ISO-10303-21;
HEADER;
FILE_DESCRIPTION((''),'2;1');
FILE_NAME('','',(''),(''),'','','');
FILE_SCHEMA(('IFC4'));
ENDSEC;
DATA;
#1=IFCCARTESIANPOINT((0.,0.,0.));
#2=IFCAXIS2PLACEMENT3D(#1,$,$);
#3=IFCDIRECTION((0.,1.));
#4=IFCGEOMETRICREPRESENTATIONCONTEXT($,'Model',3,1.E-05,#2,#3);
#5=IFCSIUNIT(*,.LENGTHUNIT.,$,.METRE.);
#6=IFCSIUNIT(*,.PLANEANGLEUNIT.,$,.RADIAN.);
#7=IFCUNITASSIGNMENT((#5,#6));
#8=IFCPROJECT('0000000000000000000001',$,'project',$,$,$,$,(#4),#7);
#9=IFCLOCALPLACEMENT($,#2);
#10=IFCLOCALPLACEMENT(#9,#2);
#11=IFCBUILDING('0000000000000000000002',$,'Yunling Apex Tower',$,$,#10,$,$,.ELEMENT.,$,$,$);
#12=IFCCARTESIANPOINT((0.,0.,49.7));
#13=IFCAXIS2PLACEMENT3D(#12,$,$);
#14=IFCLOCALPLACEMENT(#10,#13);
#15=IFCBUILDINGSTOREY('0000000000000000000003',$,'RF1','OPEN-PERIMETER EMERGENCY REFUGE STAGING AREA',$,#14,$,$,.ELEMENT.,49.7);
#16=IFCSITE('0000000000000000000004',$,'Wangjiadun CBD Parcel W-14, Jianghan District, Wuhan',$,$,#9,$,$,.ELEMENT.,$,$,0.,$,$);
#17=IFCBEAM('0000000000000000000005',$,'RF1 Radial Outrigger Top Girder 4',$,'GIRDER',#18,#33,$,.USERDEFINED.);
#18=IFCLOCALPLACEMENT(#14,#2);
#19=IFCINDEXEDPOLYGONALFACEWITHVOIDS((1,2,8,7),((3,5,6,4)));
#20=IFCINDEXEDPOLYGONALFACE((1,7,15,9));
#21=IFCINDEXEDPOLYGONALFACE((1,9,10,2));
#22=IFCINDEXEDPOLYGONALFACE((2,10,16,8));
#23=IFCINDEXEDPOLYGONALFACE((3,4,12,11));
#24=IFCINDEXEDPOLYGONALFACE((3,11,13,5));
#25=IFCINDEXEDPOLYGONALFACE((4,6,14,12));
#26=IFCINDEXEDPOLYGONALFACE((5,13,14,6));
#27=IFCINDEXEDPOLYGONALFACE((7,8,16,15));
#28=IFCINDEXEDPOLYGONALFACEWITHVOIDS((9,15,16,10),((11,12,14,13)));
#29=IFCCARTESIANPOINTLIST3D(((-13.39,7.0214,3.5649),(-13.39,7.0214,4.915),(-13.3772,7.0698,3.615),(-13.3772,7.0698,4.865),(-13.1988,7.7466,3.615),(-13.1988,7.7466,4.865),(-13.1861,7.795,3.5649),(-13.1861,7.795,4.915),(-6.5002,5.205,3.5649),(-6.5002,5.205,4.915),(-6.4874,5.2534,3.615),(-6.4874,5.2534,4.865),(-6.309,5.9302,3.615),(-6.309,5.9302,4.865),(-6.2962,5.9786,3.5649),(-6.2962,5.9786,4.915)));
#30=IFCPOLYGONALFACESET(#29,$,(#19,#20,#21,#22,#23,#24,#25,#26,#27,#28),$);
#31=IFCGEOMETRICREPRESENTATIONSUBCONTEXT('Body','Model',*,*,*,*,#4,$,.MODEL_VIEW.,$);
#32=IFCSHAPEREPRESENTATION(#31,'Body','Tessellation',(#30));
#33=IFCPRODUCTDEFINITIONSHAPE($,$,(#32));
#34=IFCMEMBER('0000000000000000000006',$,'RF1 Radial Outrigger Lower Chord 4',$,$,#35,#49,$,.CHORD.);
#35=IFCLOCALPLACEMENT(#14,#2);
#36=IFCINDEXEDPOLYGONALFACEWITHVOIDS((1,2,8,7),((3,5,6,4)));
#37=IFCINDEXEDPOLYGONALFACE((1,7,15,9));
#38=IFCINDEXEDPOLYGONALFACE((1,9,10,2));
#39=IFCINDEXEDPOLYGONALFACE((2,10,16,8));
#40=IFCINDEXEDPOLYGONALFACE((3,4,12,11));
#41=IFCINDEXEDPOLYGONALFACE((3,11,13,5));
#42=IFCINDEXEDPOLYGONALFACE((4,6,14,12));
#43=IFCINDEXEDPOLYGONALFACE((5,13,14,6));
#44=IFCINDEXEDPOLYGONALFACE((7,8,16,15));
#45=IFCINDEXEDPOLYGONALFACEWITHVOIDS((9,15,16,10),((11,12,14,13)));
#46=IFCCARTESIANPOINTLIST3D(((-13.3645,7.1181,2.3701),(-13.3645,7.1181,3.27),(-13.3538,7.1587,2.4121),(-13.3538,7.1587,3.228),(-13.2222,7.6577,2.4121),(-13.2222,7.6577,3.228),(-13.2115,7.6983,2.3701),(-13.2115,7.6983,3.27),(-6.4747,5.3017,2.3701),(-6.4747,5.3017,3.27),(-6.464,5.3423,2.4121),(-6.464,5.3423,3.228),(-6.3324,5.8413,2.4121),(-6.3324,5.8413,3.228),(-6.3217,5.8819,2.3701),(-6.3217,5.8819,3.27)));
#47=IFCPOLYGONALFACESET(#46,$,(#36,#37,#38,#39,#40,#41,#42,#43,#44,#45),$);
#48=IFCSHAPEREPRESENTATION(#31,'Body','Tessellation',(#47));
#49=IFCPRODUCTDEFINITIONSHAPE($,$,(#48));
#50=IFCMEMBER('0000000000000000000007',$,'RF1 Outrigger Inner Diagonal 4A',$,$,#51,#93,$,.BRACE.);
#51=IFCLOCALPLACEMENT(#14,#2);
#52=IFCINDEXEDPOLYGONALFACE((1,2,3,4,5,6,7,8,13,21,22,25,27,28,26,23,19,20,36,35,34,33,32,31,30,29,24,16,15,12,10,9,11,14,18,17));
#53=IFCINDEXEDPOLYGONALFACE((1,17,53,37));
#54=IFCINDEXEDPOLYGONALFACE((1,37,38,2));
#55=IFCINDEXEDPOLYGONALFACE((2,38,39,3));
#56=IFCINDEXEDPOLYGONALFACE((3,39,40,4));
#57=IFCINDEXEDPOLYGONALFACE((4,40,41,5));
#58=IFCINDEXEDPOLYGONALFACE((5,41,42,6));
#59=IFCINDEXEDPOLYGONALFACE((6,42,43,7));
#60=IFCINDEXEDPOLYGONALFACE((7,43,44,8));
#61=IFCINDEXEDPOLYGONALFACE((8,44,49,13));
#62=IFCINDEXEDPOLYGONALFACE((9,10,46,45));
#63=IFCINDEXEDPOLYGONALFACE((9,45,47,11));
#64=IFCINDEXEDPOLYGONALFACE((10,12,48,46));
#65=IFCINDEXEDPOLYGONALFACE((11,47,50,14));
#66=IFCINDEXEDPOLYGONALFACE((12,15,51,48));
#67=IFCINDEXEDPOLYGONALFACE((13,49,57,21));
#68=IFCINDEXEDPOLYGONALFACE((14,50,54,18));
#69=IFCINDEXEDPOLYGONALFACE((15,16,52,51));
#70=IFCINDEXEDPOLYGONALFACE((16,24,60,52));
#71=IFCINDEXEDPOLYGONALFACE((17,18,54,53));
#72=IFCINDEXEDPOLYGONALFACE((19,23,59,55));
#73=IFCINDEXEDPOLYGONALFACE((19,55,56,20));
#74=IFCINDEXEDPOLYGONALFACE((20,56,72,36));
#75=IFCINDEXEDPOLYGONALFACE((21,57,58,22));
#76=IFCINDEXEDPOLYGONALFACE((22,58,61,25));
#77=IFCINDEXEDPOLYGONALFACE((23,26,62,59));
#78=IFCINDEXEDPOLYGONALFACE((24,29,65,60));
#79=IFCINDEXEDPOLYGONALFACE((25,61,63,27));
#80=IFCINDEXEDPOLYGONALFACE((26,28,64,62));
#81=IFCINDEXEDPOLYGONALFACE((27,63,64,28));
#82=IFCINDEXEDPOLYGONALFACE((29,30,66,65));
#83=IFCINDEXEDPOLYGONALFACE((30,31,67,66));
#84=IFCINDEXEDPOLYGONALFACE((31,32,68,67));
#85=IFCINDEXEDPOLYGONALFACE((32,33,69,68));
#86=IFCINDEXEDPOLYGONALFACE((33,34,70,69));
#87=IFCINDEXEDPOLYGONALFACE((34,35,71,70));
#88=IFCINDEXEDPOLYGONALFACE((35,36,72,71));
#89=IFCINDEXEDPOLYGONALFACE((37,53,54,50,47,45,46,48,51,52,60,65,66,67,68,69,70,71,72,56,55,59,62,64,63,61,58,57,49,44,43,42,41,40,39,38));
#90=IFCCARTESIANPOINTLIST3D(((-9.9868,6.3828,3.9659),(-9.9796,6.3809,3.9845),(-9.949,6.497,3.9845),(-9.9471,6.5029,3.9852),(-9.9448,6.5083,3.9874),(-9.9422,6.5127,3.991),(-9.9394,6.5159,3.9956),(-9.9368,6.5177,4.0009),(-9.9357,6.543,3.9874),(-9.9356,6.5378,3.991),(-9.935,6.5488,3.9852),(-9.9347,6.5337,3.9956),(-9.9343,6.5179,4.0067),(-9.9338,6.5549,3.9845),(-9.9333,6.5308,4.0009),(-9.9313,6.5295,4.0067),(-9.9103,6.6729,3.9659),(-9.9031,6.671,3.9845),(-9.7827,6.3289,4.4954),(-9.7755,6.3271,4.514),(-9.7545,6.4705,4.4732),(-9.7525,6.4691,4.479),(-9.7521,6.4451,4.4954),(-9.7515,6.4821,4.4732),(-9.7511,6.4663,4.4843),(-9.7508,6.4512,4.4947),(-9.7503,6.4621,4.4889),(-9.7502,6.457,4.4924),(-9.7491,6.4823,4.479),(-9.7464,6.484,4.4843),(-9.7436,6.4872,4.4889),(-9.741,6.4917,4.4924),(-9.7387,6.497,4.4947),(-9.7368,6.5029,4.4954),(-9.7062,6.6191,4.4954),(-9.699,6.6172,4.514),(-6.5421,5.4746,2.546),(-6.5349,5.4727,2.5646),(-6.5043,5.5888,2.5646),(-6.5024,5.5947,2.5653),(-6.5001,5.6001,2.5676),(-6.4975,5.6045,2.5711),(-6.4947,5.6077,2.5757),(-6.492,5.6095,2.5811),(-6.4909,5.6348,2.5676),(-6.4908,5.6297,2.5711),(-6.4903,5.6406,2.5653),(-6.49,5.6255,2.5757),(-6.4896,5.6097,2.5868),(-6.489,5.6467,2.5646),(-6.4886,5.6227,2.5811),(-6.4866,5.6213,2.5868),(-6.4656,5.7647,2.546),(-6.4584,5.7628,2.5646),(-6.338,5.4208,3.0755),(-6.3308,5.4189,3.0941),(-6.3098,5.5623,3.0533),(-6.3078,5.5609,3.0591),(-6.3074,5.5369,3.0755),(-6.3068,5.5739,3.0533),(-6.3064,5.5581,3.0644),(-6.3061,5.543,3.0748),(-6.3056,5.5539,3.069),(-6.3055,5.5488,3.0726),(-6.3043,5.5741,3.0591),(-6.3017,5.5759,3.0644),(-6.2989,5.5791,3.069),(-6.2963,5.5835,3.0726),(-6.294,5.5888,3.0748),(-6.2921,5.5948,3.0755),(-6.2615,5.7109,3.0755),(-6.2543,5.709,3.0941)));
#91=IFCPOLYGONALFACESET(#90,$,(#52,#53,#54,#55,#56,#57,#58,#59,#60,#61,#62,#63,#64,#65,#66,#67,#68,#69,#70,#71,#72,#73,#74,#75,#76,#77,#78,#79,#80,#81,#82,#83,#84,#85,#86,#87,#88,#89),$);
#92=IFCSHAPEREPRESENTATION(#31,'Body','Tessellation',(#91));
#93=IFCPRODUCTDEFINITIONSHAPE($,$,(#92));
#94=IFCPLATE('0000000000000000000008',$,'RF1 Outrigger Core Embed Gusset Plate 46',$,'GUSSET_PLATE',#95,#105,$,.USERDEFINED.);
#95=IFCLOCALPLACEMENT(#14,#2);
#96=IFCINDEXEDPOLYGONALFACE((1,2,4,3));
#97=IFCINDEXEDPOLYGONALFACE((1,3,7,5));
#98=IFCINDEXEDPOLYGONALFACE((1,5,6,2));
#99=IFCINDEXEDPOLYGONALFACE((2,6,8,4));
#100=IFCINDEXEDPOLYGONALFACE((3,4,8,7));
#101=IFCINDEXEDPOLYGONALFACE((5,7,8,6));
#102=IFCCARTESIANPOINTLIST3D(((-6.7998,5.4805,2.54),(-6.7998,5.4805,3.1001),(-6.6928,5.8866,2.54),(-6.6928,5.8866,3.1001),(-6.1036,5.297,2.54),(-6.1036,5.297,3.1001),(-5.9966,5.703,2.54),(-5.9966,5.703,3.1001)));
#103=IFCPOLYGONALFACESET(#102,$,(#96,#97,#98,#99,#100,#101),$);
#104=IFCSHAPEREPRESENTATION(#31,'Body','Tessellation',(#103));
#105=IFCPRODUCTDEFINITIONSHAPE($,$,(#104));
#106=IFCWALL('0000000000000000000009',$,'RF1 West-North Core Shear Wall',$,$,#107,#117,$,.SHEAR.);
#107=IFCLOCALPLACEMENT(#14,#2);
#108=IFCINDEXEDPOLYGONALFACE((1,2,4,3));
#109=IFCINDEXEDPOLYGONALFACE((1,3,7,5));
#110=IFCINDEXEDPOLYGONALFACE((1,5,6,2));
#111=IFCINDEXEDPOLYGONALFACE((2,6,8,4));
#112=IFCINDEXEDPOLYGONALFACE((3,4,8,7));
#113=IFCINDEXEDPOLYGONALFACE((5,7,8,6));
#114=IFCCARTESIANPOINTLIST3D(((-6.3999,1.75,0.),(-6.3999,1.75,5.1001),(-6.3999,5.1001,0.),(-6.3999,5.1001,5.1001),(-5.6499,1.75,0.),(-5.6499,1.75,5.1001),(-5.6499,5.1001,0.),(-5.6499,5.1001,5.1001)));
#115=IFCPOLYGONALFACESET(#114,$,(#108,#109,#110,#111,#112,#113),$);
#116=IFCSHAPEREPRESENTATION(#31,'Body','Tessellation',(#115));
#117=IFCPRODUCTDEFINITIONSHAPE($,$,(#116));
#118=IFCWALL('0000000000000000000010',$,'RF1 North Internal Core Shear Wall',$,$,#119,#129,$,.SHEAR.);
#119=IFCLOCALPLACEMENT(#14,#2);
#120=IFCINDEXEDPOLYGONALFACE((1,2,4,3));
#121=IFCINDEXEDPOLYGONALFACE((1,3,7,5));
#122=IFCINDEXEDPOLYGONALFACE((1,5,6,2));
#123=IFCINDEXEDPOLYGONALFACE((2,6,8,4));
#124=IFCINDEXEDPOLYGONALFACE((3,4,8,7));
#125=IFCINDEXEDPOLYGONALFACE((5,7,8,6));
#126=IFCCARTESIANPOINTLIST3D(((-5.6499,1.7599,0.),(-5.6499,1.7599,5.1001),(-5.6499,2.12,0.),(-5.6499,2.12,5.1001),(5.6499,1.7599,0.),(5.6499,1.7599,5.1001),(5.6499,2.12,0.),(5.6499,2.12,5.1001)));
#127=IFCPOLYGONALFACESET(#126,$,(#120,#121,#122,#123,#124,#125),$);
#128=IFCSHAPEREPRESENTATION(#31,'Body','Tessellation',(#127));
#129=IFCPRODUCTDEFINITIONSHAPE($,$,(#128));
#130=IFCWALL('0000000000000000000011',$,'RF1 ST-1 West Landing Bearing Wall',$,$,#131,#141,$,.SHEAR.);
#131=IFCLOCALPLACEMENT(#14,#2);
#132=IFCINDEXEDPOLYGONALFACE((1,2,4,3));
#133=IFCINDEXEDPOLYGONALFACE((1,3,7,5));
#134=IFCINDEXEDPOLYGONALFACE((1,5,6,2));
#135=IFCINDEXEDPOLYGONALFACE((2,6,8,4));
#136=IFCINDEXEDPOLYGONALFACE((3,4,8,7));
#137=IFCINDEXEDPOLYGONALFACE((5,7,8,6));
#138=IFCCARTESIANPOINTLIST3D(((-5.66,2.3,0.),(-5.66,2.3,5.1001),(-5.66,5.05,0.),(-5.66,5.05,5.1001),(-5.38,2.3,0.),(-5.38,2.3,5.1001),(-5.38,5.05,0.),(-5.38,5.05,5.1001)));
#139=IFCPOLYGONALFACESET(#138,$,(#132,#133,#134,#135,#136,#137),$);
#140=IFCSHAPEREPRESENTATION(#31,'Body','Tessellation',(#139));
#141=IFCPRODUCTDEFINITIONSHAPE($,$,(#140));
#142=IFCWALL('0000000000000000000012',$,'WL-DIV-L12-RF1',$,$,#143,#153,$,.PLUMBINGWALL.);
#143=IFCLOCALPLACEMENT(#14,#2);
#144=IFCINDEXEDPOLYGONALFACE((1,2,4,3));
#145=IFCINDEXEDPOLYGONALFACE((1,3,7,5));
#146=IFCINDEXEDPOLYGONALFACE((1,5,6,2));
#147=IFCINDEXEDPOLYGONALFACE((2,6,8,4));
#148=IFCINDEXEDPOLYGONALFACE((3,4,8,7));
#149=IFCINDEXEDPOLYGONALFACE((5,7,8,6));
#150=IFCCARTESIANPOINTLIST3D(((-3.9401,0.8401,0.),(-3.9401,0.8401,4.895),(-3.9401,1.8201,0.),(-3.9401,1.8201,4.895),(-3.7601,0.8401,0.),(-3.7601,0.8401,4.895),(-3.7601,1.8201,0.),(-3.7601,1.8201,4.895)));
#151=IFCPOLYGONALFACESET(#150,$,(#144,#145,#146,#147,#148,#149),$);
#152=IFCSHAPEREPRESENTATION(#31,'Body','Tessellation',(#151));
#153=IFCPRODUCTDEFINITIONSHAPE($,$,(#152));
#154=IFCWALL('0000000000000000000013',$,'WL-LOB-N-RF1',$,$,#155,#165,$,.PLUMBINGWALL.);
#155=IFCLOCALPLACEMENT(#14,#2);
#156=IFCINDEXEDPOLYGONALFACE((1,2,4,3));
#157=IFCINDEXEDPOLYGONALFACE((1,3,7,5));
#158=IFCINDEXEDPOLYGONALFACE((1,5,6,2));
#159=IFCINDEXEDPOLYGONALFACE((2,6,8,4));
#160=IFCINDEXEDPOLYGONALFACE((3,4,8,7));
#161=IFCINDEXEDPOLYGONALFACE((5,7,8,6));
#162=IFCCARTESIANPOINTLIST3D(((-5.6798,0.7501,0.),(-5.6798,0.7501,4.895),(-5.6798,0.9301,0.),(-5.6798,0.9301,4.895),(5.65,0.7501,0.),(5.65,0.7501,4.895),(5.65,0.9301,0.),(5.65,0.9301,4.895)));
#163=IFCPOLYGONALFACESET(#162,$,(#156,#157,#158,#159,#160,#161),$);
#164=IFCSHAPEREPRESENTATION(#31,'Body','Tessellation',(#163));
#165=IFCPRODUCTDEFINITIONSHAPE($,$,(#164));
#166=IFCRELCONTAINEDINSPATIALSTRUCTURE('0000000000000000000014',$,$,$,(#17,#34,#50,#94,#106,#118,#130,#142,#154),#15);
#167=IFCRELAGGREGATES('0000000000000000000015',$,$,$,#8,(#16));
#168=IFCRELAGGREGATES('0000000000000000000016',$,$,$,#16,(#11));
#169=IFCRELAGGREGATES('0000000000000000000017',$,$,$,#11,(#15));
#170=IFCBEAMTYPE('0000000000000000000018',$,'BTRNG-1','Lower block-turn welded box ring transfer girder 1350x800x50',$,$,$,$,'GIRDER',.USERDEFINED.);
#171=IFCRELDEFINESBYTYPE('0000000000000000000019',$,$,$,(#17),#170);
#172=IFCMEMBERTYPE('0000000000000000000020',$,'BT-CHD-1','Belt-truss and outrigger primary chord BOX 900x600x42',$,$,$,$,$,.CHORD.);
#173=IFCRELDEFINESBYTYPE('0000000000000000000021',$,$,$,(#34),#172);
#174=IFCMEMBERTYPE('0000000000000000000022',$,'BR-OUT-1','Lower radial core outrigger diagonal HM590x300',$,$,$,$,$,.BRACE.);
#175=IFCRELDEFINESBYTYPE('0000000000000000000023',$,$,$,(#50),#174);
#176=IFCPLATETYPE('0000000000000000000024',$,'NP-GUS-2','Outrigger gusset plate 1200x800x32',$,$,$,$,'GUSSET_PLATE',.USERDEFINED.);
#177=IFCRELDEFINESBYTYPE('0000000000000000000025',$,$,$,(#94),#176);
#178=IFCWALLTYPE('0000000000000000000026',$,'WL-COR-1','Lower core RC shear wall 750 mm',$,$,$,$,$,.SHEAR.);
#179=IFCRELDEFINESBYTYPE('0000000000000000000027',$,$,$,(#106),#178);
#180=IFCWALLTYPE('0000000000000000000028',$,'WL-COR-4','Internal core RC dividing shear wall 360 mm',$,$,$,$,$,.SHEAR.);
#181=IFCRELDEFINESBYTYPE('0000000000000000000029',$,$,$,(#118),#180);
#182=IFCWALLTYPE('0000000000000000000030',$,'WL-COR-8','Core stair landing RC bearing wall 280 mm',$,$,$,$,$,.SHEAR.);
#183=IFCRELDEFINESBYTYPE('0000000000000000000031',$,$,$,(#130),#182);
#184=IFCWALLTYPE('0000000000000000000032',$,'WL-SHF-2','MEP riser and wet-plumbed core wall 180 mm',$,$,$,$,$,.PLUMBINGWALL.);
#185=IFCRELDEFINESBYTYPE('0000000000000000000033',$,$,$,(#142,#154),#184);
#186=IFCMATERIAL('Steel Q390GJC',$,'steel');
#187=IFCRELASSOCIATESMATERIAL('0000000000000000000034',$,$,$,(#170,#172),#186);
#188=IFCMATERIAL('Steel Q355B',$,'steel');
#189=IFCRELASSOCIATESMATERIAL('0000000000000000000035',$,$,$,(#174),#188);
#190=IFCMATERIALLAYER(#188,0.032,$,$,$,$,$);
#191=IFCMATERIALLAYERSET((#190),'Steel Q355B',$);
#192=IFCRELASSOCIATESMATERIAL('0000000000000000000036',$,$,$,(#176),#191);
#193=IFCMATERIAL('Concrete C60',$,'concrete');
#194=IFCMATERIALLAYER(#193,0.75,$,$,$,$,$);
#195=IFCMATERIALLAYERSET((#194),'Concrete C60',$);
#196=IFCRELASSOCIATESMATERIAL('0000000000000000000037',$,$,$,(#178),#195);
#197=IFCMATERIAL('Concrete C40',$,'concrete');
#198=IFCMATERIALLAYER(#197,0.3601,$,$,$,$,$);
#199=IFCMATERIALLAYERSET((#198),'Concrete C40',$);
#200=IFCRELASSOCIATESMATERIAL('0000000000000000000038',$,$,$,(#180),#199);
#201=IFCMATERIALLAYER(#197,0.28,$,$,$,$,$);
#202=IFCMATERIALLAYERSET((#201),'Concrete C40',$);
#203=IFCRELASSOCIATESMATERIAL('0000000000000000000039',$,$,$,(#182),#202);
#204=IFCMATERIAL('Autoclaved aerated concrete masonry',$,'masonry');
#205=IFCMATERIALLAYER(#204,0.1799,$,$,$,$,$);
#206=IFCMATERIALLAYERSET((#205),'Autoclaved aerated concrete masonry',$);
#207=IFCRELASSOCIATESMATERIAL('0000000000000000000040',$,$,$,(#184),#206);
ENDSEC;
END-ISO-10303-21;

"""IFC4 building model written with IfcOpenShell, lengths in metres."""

from ifc_helpers import new_model, si_unit, direction, frame, frame_2d, origin, origin_2d, place, context, subcontext, project, spatial, rectangle, hollow_rectangle, i_section, extrude, source, transform, mapped, material, layer, layer_set, material_profile, profile_set, type_object, element, save


model = new_model("IFC4")

# Units and contexts
model_context = context("Model", 3, precision=1e-05, world=origin(), true_north=direction((0.0, 1.0)))
body_context = subcontext(model_context, "Body", "Model", "MODEL_VIEW")
ifc_project = project(units=[si_unit("LENGTHUNIT", "METRE"), si_unit("PLANEANGLEUNIT", "RADIAN")], contexts=[model_context])

# Site, building, storey
site_placement = place(None, origin())
site = spatial("IfcSite", under=ifc_project, at=site_placement, Name="Wangjiadun CBD Parcel W-14, Jianghan District, Wuhan", CompositionType="ELEMENT", RefElevation=0.0)
building_placement = place(site_placement, origin())
building = spatial("IfcBuilding", under=site, at=building_placement, Name="Yunling Apex Tower", CompositionType="ELEMENT")
storey_placement = place(building_placement, frame((0.0, 0.0, 49.7)))
storey = spatial("IfcBuildingStorey", under=building, at=storey_placement, Name="RF1", Description="OPEN-PERIMETER EMERGENCY REFUGE STAGING AREA", CompositionType="ELEMENT", Elevation=49.7)

# Shared definitions
ifc_material_1 = material(Name="Concrete C60", Category="concrete")

# Beam
ifc_material_2 = material(Name="Steel Q355B", Category="steel")
ifc_material_3 = material(Name="Steel Q390GJC", Category="steel")
ifc_material_profile_1 = material_profile(ifc_material_3, hollow_rectangle(XDim=0.8, YDim=1.3501, WallThickness=0.05, at=origin_2d()))
ifc_profile_set_1 = profile_set([ifc_material_profile_1], Name="Steel Q390GJC")
beam_type_1 = type_object("IfcBeamType", Name="BTRNG-1", Description="Lower block-turn welded box ring transfer girder 1350x800x50", ElementType="GIRDER", PredefinedType="USERDEFINED", material=ifc_profile_set_1)
shared_shape_1 = source(origin(), body_context, "Body", "SweptSolid", [
    extrude(hollow_rectangle(XDim=0.8, YDim=1.3501, WallThickness=0.05, at=origin_2d()), origin(), (0.0, 0.0, 1.0), 7.1252),
])
beam_1_placement = place(storey_placement, frame((-6.3982, 5.5918, 4.24), z_axis=(-0.966961, 0.254923, 0.0), x_axis=(-0.254923, -0.966961, 0.0)))
element("IfcBeam", 1, at=beam_1_placement, inside=storey, type_object=beam_type_1, Name="RF1 Radial Outrigger Top Girder 4", ObjectType="GIRDER", PredefinedType="USERDEFINED", context=body_context, shape_type="MappedRepresentation", body=[
    mapped(shared_shape_1, transform((0.0, 0.0, 0.0), scale=1.0)),
])

# Members
ifc_material_profile_2 = material_profile(ifc_material_3, hollow_rectangle(XDim=0.6001, YDim=0.8999, WallThickness=0.042, at=origin_2d()))
ifc_profile_set_2 = profile_set([ifc_material_profile_2], Name="Steel Q390GJC")
member_type_1 = type_object("IfcMemberType", Name="BT-CHD-1", Description="Belt-truss and outrigger primary chord BOX 900x600x42", PredefinedType="CHORD", material=ifc_profile_set_2)
shared_shape_2 = source(origin(), body_context, "Body", "SweptSolid", [
    extrude(hollow_rectangle(XDim=0.6001, YDim=0.8999, WallThickness=0.042, at=origin_2d()), origin(), (0.0, 0.0, 1.0), 7.1252),
])
member_1_placement = place(storey_placement, frame((-6.3982, 5.5918, 2.8201), z_axis=(-0.966961, 0.254923, 0.0), x_axis=(-0.254923, -0.966961, 0.0)))
element("IfcMember", 2, at=member_1_placement, inside=storey, type_object=member_type_1, Name="RF1 Radial Outrigger Lower Chord 4", PredefinedType="CHORD", context=body_context, shape_type="MappedRepresentation", body=[
    mapped(shared_shape_2, transform((0.0, 0.0, 0.0), scale=1.0)),
])
ifc_material_profile_3 = material_profile(ifc_material_2, i_section(OverallWidth=0.3, OverallDepth=0.5901, WebThickness=0.012, FlangeThickness=0.02, FilletRadius=0.0239, at=origin_2d()))
ifc_profile_set_3 = profile_set([ifc_material_profile_3], Name="Steel Q355B")
member_type_2 = type_object("IfcMemberType", Name="BR-OUT-1", Description="Lower radial core outrigger diagonal HM590x300", PredefinedType="BRACE", material=ifc_profile_set_3)
shared_shape_3 = source(origin(), body_context, "Body", "SweptSolid", [
    extrude(i_section(OverallWidth=0.3, OverallDepth=0.5901, WebThickness=0.012, FlangeThickness=0.02, FilletRadius=0.0239, at=origin_2d()), origin(), (0.0, 0.0, 1.0), 3.835),
])
member_2_placement = place(storey_placement, frame((-6.3982, 5.5918, 2.8201), z_axis=(-0.898241, 0.236815, 0.370246), x_axis=(-0.254932, -0.966959, 0.0)))
element("IfcMember", 3, at=member_2_placement, inside=storey, type_object=member_type_2, Name="RF1 Outrigger Inner Diagonal 4A", PredefinedType="BRACE", context=body_context, shape_type="MappedRepresentation", body=[
    mapped(shared_shape_3, transform((0.0, 0.0, 0.0), scale=1.0)),
])

# Plate
ifc_layer_1 = layer(ifc_material_2, 0.032)
ifc_layer_set_1 = layer_set([ifc_layer_1], Name="Steel Q355B")
plate_type = type_object("IfcPlateType", Name="NP-GUS-2", Description="Outrigger gusset plate 1200x800x32", ElementType="GUSSET_PLATE", PredefinedType="USERDEFINED", material=ifc_layer_set_1)
shared_shape_4 = source(origin(), body_context, "Body", "SweptSolid", [
    extrude(rectangle(XDim=0.72, YDim=0.4199, at=origin_2d()), origin(), (0.0, 0.0, 1.0), 0.5601),
])
plate_placement = place(storey_placement, frame((-6.3982, 5.5918, 2.54), z_axis=(0.0, 0.0, 1.0), x_axis=(-0.966957, 0.254939, 0.0)))
element("IfcPlate", 4, at=plate_placement, inside=storey, type_object=plate_type, Name="RF1 Outrigger Core Embed Gusset Plate 46", ObjectType="GUSSET_PLATE", PredefinedType="USERDEFINED", context=body_context, shape_type="MappedRepresentation", body=[
    mapped(shared_shape_4, transform((0.0, 0.0, 0.0), scale=1.0)),
])

# Walls
ifc_layer_2 = layer(ifc_material_1, 0.75)
ifc_layer_set_2 = layer_set([ifc_layer_2], Name="Concrete C60")
wall_type_1 = type_object("IfcWallType", Name="WL-COR-1", Description="Lower core RC shear wall 750 mm", PredefinedType="SHEAR", material=ifc_layer_set_2)
wall_1_placement = place(storey_placement, frame((-6.0249, 1.75, 0.0), z_axis=(0.0, 0.0, 1.0), x_axis=(0.0, 1.0, 0.0)))
element("IfcWall", 5, at=wall_1_placement, inside=storey, type_object=wall_type_1, Name="RF1 West-North Core Shear Wall", PredefinedType="SHEAR", context=body_context, shape_type="SweptSolid", body=[
    extrude(rectangle(XDim=3.3501, YDim=0.75, at=frame_2d((1.675, 0.0))), origin(), (0.0, 0.0, 1.0), 5.1001),
])
ifc_material_4 = material(Name="Concrete C40", Category="concrete")
ifc_layer_3 = layer(ifc_material_4, 0.3601)
ifc_layer_set_3 = layer_set([ifc_layer_3], Name="Concrete C40")
wall_type_2 = type_object("IfcWallType", Name="WL-COR-4", Description="Internal core RC dividing shear wall 360 mm", PredefinedType="SHEAR", material=ifc_layer_set_3)
wall_2_placement = place(storey_placement, frame((-5.6499, 1.9399, 0.0), z_axis=(0.0, 0.0, 1.0), x_axis=(1.0, 0.0, 0.0)))
element("IfcWall", 6, at=wall_2_placement, inside=storey, type_object=wall_type_2, Name="RF1 North Internal Core Shear Wall", PredefinedType="SHEAR", context=body_context, shape_type="SweptSolid", body=[
    extrude(rectangle(XDim=11.2998, YDim=0.3601, at=frame_2d((5.6499, 0.0))), origin(), (0.0, 0.0, 1.0), 5.1001),
])
ifc_layer_4 = layer(ifc_material_4, 0.28)
ifc_layer_set_4 = layer_set([ifc_layer_4], Name="Concrete C40")
wall_type_3 = type_object("IfcWallType", Name="WL-COR-8", Description="Core stair landing RC bearing wall 280 mm", PredefinedType="SHEAR", material=ifc_layer_set_4)
wall_3_placement = place(storey_placement, frame((-5.52, 2.3, 0.0), z_axis=(0.0, 0.0, 1.0), x_axis=(0.0, 1.0, 0.0)))
element("IfcWall", 7, at=wall_3_placement, inside=storey, type_object=wall_type_3, Name="RF1 ST-1 West Landing Bearing Wall", PredefinedType="SHEAR", context=body_context, shape_type="SweptSolid", body=[
    extrude(rectangle(XDim=2.75, YDim=0.28, at=frame_2d((1.375, 0.0))), origin(), (0.0, 0.0, 1.0), 5.1001),
])
ifc_material_5 = material(Name="Autoclaved aerated concrete masonry", Category="masonry")
ifc_layer_5 = layer(ifc_material_5, 0.1799)
ifc_layer_set_5 = layer_set([ifc_layer_5], Name="Autoclaved aerated concrete masonry")
wall_type_4 = type_object("IfcWallType", Name="WL-SHF-2", Description="MEP riser and wet-plumbed core wall 180 mm", PredefinedType="PLUMBINGWALL", material=ifc_layer_set_5)
wall_4_placement = place(storey_placement, frame((-3.8501, 0.8401, 0.0), z_axis=(0.0, 0.0, 1.0), x_axis=(0.0, 1.0, 0.0)))
element("IfcWall", 8, at=wall_4_placement, inside=storey, type_object=wall_type_4, Name="WL-DIV-L12-RF1", PredefinedType="PLUMBINGWALL", context=body_context, shape_type="SweptSolid", body=[
    extrude(rectangle(XDim=0.98, YDim=0.1799, at=frame_2d((0.49, 0.0))), origin(), (0.0, 0.0, 1.0), 4.895),
])
wall_5_placement = place(storey_placement, frame((-5.6799, 0.8401, 0.0), z_axis=(0.0, 0.0, 1.0), x_axis=(1.0, 0.0, 0.0)))
element("IfcWall", 9, at=wall_5_placement, inside=storey, type_object=wall_type_4, Name="WL-LOB-N-RF1", PredefinedType="PLUMBINGWALL", context=body_context, shape_type="SweptSolid", body=[
    extrude(rectangle(XDim=11.3298, YDim=0.1799, at=frame_2d((5.665, 0.0))), origin(), (0.0, 0.0, 1.0), 4.895),
])

save(model, "model.ifc")
